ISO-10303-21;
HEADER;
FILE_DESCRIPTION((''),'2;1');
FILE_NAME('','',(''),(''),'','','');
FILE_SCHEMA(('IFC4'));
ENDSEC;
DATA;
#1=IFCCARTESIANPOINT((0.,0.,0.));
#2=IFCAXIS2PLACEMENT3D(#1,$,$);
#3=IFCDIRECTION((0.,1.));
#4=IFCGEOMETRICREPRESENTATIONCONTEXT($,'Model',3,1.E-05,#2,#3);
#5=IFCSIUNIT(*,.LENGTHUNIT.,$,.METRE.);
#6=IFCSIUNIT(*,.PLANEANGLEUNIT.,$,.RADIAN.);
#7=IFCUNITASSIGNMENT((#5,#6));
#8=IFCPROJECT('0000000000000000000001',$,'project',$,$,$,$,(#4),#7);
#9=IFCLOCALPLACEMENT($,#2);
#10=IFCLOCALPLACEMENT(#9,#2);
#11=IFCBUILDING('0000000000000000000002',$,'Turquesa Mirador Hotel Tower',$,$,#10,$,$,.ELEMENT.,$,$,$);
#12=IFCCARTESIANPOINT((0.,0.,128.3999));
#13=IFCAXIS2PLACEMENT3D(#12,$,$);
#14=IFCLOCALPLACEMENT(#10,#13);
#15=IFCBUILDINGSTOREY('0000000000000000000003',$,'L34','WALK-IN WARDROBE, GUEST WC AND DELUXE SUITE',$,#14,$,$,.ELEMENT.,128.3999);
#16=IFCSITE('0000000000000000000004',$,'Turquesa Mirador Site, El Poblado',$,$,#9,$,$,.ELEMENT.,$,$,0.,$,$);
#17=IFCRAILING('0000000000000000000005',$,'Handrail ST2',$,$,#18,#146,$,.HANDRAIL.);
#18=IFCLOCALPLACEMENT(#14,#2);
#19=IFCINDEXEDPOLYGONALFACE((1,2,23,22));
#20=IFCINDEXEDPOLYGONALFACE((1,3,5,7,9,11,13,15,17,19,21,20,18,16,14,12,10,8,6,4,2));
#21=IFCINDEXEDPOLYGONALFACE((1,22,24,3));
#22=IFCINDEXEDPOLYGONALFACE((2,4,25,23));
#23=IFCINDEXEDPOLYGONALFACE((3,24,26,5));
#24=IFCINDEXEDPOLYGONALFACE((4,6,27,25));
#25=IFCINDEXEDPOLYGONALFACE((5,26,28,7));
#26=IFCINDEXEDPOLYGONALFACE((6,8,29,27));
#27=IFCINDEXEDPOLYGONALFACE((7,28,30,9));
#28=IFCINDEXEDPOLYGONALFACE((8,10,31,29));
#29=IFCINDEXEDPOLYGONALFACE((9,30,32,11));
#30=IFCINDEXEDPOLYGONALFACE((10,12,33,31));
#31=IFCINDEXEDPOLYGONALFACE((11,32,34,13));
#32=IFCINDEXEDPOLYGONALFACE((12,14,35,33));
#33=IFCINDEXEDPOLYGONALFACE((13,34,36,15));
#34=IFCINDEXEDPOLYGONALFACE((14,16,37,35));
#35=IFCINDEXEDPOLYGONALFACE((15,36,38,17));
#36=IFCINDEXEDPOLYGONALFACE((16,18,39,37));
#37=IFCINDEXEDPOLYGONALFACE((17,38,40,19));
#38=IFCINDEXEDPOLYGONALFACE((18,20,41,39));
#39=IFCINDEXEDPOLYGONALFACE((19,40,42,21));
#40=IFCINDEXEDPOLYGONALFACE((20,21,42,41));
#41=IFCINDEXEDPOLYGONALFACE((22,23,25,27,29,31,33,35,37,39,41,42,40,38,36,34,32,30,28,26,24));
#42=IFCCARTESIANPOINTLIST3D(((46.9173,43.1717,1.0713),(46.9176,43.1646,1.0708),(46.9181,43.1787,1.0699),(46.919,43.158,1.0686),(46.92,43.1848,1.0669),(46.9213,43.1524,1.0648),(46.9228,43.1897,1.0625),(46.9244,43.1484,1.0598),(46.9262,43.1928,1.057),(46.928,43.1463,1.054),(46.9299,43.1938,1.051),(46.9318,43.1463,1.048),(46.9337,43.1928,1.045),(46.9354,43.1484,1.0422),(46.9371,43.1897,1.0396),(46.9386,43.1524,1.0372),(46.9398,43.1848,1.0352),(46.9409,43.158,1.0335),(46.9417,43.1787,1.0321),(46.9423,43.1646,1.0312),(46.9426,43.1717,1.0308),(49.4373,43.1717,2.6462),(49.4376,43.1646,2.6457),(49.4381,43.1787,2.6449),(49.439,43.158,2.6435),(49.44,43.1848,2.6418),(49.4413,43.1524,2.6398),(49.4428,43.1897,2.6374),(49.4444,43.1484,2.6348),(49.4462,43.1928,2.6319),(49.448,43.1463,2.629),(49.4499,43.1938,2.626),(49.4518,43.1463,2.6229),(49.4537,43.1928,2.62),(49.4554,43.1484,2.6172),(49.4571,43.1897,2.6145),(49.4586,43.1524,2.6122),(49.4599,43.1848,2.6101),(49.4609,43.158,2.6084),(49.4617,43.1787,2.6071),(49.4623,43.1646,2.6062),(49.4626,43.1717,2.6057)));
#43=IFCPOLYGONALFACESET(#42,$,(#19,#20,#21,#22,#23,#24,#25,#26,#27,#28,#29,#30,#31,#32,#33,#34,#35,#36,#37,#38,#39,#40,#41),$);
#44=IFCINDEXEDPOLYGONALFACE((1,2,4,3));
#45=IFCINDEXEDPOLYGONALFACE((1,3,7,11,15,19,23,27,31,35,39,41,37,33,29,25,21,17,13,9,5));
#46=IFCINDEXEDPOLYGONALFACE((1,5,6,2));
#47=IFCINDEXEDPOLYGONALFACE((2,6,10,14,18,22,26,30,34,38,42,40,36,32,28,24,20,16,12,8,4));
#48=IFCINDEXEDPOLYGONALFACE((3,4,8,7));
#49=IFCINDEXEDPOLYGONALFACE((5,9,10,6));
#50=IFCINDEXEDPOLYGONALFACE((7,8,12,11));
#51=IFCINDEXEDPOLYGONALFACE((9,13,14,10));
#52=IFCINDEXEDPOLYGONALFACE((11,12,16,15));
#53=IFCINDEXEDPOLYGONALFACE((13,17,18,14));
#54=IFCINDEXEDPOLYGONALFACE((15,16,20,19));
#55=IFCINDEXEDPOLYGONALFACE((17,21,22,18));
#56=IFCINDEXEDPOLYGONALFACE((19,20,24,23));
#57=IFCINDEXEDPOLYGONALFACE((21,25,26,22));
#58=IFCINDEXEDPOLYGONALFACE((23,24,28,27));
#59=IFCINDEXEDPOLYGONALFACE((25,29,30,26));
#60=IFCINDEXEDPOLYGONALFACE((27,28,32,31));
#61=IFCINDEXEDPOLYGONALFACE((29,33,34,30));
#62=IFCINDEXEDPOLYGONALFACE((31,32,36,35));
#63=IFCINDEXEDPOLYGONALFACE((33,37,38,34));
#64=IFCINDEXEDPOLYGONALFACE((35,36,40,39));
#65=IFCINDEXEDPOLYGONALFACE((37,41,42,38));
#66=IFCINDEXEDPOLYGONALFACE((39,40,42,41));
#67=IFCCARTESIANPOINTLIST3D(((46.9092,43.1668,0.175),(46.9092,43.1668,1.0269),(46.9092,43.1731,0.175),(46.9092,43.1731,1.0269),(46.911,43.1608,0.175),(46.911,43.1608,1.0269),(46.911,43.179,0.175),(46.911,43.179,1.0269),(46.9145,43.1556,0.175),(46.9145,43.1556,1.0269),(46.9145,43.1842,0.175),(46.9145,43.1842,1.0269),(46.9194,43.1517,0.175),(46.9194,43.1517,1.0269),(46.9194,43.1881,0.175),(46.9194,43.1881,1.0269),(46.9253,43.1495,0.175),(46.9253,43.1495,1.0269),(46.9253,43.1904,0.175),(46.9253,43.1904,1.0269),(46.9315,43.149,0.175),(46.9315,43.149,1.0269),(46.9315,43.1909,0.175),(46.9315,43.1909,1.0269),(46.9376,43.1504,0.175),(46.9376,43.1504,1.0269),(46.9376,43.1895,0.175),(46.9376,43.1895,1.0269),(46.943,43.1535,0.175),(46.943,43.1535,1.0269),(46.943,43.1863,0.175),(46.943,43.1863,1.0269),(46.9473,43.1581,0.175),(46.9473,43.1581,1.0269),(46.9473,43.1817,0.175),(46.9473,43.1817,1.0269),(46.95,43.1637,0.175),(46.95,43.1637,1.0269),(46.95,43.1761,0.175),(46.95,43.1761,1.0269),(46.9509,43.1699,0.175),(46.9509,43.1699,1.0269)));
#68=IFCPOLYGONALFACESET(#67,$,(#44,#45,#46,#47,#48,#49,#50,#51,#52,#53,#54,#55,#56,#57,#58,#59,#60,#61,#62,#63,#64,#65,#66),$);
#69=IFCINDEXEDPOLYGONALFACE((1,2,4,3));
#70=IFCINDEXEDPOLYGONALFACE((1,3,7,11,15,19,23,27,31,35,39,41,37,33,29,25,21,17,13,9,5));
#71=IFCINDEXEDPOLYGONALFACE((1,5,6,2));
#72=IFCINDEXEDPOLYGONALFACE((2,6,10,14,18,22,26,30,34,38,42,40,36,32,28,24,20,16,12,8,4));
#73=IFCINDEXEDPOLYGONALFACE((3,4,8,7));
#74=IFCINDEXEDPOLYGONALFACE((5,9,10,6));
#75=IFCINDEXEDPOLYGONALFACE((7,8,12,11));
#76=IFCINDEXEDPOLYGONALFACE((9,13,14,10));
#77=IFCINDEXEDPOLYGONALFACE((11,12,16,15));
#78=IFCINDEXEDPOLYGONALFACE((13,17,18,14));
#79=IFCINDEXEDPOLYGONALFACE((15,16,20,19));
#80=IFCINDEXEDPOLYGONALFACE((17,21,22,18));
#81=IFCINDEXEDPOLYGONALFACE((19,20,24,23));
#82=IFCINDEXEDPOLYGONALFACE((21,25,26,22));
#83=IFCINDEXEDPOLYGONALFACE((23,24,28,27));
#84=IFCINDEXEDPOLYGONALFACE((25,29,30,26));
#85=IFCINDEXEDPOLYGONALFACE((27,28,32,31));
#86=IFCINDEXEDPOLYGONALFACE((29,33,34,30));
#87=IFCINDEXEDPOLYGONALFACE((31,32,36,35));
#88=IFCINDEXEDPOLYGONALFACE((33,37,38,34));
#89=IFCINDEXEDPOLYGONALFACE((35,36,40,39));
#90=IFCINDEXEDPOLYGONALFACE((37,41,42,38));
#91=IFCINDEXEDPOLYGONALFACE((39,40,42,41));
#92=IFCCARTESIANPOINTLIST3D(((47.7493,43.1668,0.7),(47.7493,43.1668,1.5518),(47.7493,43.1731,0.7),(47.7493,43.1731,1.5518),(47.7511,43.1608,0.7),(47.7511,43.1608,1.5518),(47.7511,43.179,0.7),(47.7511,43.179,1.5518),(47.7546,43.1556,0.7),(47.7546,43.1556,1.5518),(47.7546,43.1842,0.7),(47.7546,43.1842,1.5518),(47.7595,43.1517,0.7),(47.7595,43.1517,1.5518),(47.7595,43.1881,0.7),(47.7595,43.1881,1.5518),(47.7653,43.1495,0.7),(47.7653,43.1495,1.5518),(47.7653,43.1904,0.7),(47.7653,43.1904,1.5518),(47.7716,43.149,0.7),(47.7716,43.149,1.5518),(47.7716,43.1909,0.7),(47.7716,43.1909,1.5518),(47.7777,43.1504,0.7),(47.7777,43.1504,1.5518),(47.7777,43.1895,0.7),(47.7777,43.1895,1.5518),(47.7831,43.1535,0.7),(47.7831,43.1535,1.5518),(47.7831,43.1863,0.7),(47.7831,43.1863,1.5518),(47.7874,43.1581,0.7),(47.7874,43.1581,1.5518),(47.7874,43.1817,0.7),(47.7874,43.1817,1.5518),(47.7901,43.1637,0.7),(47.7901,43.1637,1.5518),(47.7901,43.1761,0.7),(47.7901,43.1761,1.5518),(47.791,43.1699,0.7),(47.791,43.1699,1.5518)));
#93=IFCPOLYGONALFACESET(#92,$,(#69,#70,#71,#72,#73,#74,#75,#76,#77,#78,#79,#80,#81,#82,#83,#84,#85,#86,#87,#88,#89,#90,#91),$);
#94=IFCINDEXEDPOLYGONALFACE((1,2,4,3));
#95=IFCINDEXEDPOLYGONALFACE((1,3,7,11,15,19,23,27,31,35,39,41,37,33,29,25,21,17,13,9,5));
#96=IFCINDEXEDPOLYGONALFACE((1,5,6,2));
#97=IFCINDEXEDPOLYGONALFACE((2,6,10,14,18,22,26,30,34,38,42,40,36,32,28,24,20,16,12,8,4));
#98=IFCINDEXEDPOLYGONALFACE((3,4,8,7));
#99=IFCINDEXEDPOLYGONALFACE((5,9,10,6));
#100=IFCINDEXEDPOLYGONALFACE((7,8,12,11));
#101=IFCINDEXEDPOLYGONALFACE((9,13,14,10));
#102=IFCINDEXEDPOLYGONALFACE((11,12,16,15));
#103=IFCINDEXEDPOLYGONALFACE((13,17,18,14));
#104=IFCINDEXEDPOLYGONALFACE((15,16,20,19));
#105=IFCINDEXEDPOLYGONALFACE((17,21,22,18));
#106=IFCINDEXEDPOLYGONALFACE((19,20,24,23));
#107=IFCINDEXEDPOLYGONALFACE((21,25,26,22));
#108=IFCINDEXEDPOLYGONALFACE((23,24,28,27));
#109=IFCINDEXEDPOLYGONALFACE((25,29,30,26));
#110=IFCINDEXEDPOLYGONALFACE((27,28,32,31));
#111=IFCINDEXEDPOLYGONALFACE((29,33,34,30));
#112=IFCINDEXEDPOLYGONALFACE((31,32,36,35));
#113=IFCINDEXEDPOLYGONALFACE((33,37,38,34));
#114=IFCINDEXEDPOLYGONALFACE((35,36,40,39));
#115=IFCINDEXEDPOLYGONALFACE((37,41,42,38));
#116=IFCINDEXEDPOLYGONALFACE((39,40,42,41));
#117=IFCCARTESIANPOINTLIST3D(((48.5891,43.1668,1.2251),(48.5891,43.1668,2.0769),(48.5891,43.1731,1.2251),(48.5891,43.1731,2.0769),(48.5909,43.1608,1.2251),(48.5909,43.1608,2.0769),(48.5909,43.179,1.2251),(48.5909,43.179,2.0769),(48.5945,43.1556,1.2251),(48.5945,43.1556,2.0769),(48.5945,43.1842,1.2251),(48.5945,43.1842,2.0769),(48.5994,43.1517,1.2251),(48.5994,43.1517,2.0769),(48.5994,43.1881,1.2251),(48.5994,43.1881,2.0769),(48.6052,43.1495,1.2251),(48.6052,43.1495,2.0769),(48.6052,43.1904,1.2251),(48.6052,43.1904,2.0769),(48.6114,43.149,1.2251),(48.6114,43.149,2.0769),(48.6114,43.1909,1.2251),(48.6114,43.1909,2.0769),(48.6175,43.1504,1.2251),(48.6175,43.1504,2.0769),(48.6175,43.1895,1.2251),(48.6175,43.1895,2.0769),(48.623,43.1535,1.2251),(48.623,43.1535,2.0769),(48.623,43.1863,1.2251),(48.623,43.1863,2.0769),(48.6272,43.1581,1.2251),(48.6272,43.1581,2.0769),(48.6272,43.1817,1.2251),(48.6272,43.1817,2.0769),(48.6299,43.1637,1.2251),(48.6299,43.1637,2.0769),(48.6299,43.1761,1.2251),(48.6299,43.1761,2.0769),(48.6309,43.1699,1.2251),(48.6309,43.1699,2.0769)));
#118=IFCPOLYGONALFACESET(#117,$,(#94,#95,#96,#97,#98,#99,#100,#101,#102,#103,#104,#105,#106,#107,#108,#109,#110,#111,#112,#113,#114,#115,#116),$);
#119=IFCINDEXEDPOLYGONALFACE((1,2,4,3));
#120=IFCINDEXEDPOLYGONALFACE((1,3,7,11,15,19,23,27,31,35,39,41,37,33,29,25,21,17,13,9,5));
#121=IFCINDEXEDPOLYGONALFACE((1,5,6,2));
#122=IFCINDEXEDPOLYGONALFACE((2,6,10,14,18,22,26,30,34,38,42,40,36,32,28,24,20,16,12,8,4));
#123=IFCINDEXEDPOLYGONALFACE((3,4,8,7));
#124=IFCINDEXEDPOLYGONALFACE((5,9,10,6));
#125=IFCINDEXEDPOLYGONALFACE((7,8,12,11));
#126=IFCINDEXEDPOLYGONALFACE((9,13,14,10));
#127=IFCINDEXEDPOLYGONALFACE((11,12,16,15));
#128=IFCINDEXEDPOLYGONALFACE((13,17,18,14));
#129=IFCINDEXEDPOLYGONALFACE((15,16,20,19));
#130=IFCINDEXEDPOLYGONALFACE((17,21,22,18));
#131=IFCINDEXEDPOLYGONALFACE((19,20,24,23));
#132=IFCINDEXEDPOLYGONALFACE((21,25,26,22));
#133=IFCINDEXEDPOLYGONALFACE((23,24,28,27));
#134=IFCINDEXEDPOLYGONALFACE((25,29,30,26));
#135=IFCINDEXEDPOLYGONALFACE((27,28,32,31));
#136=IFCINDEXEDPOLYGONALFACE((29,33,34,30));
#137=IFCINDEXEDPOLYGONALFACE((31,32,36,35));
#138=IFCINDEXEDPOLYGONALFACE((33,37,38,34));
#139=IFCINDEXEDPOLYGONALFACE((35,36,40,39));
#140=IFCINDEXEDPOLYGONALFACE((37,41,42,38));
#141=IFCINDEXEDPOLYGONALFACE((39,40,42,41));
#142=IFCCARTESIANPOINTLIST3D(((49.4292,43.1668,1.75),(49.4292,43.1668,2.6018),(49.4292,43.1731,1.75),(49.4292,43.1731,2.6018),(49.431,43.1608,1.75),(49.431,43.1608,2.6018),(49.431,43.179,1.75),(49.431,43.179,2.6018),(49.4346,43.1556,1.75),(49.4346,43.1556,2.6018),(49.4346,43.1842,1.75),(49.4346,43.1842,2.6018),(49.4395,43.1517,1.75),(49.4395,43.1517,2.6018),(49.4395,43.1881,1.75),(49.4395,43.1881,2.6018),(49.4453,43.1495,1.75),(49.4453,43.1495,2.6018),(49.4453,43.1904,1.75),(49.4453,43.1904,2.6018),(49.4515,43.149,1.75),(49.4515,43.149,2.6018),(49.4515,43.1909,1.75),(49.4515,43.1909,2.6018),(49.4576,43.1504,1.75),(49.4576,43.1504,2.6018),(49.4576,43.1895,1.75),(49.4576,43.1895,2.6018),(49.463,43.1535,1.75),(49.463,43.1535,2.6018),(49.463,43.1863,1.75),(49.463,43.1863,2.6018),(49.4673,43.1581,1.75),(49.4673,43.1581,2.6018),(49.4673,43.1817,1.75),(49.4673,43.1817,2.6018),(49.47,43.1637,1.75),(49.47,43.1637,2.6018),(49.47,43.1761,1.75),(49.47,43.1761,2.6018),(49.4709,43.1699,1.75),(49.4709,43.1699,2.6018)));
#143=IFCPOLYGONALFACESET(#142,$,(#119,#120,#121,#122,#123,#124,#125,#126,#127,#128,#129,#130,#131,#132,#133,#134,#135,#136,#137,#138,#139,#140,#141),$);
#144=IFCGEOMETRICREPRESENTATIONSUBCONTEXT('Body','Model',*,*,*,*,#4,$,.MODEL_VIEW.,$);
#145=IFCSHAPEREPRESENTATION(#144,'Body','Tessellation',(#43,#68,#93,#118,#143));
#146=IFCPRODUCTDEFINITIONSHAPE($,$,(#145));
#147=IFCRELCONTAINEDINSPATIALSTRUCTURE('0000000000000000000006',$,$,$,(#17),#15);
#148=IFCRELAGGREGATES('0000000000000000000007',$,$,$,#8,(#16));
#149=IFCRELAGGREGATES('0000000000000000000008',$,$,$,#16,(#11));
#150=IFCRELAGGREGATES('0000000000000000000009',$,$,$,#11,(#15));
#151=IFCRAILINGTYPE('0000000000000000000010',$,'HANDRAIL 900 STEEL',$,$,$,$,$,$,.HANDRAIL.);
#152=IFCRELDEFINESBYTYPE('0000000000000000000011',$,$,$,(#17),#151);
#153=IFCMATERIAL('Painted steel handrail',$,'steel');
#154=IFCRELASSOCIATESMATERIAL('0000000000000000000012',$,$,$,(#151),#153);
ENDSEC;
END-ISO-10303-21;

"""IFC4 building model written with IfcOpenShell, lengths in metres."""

from ifc_helpers import new_model, si_unit, direction, frame, origin, origin_2d, place, context, subcontext, project, spatial, circle, extrude, material, type_object, element, save


model = new_model("IFC4")

# Units and contexts
model_context = context("Model", 3, precision=1e-05, world=origin(), true_north=direction((0.0, 1.0)))
body_context = subcontext(model_context, "Body", "Model", "MODEL_VIEW")
ifc_project = project(units=[si_unit("LENGTHUNIT", "METRE"), si_unit("PLANEANGLEUNIT", "RADIAN")], contexts=[model_context])

# Site, building, storey
site_placement = place(None, origin())
site = spatial("IfcSite", under=ifc_project, at=site_placement, Name="Turquesa Mirador Site, El Poblado", CompositionType="ELEMENT", RefElevation=0.0)
building_placement = place(site_placement, origin())
building = spatial("IfcBuilding", under=site, at=building_placement, Name="Turquesa Mirador Hotel Tower", CompositionType="ELEMENT")
storey_placement = place(building_placement, frame((0.0, 0.0, 128.3999)))
storey = spatial("IfcBuildingStorey", under=building, at=storey_placement, Name="L34", Description="WALK-IN WARDROBE, GUEST WC AND DELUXE SUITE", CompositionType="ELEMENT", Elevation=128.3999)

# Railing
ifc_material_1 = material(Name="Painted steel handrail", Category="steel")
railing_type = type_object("IfcRailingType", Name="HANDRAIL 900 STEEL", PredefinedType="HANDRAIL", material=ifc_material_1)
for number, where, name in (
    (1, (46.9299, 43.1699, 0.175), "Handrail ST2"),
):
    element("IfcRailing", number, at=place(storey_placement, frame(where)), inside=storey, type_object=railing_type, Name=name, PredefinedType="HANDRAIL", context=body_context, shape_type="SweptSolid", body=[
        extrude(circle(Radius=0.0239, at=origin_2d()), frame((0.0, 0.0, 0.876), z_axis=(0.848008, 0.0, 0.529984), x_axis=(0.0, 1.0, 0.0)), (0.0, 0.0, 1.0), 2.9717),
        extrude(circle(Radius=0.021, at=origin_2d()), origin(), (0.0, 0.0, 1.0), 0.8518),
        extrude(circle(Radius=0.021, at=origin_2d()), frame((0.8401, 0.0, 0.5249)), (0.0, 0.0, 1.0), 0.8518),
        extrude(circle(Radius=0.021, at=origin_2d()), frame((1.6799, 0.0, 1.05)), (0.0, 0.0, 1.0), 0.8518),
        extrude(circle(Radius=0.021, at=origin_2d()), frame((2.52, 0.0, 1.575)), (0.0, 0.0, 1.0), 0.8518),
    ])

save(model, "model.ifc")
